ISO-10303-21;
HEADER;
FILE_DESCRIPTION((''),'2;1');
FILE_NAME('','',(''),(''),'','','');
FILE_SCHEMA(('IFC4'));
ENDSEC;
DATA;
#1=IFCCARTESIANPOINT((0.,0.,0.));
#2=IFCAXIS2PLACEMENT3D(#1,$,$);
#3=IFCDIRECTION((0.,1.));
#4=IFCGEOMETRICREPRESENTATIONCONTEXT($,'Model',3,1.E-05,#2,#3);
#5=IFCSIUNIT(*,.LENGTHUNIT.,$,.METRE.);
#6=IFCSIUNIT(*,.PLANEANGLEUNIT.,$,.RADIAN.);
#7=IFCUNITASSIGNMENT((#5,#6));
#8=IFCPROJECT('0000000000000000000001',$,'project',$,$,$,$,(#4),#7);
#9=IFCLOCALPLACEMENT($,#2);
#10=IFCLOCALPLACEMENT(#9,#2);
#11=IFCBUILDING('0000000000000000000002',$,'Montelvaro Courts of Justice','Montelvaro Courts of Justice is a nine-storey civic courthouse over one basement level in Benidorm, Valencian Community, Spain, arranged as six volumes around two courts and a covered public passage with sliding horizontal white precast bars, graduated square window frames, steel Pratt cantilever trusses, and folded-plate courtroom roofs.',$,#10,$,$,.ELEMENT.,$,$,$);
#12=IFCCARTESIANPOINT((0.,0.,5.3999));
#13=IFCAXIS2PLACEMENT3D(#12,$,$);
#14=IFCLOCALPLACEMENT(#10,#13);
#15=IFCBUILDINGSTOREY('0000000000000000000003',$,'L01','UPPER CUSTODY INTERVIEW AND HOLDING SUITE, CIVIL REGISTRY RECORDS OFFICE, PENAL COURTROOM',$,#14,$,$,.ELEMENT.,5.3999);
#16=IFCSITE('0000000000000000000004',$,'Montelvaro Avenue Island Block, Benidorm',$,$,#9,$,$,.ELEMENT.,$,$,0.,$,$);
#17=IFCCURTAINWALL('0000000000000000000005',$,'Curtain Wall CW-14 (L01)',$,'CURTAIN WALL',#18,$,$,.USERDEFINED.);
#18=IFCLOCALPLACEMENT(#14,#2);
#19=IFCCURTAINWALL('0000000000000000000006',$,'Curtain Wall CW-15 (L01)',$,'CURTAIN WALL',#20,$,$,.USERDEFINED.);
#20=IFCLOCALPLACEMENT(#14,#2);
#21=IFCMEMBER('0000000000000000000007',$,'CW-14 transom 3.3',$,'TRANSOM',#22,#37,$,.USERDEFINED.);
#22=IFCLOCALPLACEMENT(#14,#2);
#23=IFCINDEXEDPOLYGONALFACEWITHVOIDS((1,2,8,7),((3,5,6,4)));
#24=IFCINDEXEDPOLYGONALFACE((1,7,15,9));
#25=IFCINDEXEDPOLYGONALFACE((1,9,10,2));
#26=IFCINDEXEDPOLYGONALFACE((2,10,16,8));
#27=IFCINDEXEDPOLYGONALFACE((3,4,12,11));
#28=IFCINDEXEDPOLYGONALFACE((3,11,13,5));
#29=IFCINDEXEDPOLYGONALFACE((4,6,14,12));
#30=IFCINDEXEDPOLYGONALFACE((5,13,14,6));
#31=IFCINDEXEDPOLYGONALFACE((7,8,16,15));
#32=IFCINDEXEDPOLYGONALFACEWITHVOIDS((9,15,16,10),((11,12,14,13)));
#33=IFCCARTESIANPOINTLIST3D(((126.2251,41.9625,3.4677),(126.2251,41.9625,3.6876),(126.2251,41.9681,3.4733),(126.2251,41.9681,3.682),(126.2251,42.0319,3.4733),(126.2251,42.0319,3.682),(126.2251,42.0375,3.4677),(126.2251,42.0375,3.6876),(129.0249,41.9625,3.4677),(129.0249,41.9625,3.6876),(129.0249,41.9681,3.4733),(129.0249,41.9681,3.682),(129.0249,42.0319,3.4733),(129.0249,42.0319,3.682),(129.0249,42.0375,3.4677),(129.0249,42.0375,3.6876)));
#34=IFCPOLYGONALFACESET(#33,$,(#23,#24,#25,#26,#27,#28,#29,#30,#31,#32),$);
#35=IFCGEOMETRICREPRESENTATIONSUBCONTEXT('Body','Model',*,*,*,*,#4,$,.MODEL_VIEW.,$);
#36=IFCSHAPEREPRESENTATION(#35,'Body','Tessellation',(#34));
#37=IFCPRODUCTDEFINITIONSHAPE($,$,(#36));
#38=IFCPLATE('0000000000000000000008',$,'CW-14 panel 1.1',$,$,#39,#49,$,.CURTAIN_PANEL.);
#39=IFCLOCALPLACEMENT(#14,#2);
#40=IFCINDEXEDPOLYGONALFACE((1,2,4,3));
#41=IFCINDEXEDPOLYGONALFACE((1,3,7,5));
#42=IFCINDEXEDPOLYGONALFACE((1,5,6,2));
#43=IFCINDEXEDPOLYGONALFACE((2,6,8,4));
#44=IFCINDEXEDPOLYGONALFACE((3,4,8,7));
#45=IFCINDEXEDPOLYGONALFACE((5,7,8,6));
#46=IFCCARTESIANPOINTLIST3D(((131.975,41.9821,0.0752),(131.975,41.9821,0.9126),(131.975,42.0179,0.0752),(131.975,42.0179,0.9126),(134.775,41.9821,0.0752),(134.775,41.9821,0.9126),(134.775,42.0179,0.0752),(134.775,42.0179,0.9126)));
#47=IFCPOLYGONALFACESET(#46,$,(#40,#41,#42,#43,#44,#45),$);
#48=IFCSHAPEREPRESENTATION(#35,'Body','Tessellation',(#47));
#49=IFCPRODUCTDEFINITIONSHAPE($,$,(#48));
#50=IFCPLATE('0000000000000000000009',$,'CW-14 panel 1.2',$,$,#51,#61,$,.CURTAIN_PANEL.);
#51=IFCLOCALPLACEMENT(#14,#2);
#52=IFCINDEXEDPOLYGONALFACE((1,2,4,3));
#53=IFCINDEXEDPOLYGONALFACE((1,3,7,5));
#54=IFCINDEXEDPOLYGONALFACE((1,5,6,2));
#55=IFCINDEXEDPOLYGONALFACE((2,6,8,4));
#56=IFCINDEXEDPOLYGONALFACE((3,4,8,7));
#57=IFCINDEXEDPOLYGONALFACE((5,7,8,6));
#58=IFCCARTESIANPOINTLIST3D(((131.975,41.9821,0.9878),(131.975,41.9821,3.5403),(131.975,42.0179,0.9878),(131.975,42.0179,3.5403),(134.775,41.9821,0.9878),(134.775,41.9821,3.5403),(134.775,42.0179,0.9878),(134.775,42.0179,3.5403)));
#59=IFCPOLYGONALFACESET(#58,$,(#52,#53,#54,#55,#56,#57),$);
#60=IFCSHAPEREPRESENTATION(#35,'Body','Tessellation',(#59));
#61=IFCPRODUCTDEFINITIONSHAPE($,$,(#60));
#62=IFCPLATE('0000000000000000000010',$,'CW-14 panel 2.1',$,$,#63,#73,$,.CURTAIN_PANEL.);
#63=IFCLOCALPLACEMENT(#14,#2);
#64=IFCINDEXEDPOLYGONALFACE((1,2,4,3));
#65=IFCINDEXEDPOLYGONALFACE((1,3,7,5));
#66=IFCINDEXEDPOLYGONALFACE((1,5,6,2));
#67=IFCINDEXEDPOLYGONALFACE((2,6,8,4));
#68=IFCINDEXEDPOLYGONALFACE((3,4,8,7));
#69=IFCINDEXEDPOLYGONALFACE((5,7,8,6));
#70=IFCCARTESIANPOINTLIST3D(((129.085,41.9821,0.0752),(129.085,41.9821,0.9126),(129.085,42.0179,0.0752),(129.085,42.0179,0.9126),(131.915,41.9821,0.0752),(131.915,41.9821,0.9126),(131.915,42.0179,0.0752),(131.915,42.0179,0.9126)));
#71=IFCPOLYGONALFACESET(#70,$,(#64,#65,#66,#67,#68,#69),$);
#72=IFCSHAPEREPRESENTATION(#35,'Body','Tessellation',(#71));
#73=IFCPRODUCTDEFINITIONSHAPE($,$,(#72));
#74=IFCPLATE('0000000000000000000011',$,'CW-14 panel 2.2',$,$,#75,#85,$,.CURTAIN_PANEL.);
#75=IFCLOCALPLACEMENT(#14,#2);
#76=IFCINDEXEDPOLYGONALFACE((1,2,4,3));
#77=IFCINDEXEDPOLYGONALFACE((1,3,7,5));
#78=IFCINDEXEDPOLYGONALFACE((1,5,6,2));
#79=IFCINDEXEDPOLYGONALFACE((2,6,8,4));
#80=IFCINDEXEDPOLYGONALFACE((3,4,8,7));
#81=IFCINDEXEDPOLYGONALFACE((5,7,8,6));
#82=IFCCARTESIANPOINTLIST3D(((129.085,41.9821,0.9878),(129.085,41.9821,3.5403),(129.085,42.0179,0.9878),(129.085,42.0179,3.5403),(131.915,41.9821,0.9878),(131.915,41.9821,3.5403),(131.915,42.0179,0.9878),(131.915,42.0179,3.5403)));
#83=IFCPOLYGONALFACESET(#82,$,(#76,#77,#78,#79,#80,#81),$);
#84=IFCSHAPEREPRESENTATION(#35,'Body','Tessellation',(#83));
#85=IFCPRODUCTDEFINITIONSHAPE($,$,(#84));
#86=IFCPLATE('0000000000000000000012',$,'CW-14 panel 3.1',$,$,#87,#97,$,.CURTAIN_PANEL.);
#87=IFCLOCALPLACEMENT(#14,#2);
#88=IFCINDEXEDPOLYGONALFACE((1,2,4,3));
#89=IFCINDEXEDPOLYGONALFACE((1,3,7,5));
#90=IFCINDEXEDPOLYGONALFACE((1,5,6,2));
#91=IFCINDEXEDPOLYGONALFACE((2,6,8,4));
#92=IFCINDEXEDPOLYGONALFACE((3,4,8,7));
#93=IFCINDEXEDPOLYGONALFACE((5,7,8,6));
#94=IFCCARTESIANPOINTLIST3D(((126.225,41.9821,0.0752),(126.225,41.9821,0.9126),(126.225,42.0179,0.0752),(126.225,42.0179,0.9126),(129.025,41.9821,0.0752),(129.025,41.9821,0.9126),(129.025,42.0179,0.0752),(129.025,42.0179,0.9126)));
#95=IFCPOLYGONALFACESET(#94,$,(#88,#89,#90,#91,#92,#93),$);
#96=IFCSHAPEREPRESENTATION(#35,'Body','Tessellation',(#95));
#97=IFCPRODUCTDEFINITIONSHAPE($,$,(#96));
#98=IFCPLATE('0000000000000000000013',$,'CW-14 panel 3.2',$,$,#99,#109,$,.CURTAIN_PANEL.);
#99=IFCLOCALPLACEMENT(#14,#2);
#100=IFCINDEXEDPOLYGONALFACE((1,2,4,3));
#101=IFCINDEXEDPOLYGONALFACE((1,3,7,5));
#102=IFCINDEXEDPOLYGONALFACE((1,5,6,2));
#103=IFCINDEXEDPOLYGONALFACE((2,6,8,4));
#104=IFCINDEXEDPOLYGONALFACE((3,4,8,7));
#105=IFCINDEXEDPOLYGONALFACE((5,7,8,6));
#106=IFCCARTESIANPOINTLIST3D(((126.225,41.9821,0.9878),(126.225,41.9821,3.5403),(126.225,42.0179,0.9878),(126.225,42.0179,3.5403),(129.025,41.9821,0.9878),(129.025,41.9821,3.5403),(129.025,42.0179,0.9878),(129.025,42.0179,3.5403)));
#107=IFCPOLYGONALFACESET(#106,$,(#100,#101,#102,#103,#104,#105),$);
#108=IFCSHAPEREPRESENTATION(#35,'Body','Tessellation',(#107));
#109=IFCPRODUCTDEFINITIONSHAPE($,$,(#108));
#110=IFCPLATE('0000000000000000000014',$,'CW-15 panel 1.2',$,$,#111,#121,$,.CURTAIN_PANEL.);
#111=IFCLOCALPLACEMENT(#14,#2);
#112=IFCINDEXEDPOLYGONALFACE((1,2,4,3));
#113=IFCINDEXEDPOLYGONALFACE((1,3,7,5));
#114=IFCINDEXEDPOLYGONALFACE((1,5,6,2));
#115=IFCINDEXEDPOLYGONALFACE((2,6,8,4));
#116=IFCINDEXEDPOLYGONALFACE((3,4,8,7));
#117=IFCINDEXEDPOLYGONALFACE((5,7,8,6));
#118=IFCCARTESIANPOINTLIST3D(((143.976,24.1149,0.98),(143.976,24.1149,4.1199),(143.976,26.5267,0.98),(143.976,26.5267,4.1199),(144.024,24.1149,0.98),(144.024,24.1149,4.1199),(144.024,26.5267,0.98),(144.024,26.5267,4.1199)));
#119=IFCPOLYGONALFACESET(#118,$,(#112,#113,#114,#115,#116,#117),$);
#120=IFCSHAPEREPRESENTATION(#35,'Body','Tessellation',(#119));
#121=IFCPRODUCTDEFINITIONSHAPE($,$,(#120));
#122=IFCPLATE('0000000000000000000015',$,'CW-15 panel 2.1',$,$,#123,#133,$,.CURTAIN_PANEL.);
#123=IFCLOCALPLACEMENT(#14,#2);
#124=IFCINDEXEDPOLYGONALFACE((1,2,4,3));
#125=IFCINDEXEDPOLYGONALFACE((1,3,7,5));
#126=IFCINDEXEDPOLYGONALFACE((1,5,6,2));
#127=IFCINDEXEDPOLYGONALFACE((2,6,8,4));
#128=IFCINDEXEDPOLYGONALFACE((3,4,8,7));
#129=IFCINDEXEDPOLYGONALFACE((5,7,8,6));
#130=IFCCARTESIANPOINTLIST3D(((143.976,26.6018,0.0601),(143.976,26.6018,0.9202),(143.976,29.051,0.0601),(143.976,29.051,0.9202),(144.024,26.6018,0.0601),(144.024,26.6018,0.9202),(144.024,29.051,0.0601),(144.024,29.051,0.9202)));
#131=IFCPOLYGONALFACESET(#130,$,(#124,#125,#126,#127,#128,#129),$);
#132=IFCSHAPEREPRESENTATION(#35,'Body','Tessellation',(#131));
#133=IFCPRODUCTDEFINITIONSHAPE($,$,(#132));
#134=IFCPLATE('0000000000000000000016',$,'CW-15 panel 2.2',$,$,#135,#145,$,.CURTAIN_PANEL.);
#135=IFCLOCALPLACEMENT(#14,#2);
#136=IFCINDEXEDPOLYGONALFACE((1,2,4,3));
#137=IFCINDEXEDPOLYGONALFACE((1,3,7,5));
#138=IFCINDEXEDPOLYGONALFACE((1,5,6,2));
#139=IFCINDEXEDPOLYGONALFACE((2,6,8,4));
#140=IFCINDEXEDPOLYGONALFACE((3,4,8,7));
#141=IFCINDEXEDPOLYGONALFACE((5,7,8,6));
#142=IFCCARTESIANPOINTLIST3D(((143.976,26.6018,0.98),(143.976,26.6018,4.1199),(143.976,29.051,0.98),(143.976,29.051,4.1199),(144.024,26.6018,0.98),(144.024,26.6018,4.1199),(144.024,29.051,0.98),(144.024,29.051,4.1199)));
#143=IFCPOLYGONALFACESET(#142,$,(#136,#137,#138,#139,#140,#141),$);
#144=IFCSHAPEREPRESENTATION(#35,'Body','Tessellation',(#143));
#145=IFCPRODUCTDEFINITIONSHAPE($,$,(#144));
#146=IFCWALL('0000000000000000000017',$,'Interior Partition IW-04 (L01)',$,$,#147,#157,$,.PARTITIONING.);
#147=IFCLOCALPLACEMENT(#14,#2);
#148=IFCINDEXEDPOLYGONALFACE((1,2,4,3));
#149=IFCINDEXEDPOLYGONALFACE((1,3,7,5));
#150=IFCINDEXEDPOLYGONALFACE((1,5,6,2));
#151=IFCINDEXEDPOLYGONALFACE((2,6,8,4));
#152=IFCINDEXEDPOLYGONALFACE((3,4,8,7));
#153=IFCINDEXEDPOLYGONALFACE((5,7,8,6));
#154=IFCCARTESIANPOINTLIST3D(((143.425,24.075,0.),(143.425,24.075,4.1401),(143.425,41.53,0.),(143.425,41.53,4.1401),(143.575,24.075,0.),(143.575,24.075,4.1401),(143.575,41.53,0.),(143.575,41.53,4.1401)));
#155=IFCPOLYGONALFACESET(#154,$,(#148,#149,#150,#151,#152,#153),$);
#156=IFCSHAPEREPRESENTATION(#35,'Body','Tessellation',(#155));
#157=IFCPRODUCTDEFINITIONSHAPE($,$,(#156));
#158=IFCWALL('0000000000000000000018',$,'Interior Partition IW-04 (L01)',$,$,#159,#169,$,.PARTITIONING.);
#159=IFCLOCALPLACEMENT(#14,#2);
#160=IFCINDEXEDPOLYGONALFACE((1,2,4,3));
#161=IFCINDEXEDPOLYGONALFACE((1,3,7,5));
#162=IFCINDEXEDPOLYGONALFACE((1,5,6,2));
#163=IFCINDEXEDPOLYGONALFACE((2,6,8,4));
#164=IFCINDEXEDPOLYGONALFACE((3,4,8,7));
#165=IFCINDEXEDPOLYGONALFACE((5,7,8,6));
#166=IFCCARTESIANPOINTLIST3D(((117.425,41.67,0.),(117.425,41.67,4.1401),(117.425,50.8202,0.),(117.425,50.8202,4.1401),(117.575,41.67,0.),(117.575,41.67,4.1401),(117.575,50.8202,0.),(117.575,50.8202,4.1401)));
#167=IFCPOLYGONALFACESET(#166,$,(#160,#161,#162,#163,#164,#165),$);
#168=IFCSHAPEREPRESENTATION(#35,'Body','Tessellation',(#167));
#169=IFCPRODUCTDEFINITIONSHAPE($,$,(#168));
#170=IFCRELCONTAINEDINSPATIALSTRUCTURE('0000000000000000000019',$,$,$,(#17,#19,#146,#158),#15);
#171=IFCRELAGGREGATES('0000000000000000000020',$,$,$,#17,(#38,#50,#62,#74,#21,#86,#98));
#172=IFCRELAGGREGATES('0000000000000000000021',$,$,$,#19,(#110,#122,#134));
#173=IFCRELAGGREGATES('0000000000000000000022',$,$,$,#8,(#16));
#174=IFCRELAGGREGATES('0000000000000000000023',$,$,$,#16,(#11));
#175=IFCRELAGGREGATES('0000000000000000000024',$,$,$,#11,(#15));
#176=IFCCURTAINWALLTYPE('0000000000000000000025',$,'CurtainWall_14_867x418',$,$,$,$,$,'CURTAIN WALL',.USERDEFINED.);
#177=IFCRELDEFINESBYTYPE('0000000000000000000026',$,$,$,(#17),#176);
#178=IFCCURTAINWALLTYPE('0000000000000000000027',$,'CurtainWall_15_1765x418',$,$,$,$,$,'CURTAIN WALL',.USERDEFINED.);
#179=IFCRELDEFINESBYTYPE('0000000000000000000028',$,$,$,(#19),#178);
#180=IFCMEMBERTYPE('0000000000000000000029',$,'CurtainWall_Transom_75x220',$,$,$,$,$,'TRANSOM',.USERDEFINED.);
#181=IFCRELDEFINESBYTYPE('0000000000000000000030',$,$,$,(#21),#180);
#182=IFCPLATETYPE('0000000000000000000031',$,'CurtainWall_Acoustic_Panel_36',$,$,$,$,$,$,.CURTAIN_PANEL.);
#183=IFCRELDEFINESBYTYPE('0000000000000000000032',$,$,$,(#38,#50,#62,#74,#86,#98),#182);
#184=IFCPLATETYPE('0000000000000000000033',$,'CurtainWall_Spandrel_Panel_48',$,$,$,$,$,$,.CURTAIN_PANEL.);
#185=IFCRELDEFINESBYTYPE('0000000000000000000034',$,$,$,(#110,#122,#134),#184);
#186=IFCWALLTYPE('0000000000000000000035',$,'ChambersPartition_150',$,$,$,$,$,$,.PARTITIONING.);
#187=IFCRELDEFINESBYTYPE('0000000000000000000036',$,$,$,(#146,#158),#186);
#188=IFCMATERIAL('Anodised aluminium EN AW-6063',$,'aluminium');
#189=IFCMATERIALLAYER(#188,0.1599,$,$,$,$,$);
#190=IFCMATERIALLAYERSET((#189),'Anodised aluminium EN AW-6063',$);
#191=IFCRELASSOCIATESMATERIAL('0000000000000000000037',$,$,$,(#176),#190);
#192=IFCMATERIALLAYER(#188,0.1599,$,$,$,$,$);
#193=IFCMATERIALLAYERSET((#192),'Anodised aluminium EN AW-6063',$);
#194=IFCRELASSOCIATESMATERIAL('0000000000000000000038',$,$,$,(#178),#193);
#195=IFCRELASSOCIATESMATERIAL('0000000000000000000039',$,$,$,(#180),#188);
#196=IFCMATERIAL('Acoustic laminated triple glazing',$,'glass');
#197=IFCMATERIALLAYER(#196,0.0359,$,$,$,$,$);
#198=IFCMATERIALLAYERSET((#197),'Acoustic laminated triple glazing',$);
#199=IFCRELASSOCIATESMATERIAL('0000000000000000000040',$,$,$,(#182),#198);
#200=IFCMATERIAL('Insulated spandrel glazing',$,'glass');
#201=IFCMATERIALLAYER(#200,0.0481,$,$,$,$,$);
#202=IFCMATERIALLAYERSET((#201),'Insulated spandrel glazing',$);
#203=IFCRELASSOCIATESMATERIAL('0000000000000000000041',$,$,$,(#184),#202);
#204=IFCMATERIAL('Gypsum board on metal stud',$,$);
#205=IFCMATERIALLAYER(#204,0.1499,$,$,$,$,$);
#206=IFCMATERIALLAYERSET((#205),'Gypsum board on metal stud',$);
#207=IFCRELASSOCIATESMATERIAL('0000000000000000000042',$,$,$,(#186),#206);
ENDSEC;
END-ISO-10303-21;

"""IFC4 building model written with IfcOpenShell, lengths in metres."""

from ifc_helpers import new_model, si_unit, direction, frame, frame_2d, origin, origin_2d, place, context, subcontext, project, spatial, rectangle, hollow_rectangle, extrude, material, layer, layer_set, material_profile, profile_set, type_object, element, aggregate, save


model = new_model("IFC4")

# Units and contexts
model_context = context("Model", 3, precision=1e-05, world=origin(), true_north=direction((0.0, 1.0)))
body_context = subcontext(model_context, "Body", "Model", "MODEL_VIEW")
ifc_project = project(units=[si_unit("LENGTHUNIT", "METRE"), si_unit("PLANEANGLEUNIT", "RADIAN")], contexts=[model_context])

# Site, building, storey
site_placement = place(None, origin())
site = spatial("IfcSite", under=ifc_project, at=site_placement, Name="Montelvaro Avenue Island Block, Benidorm", CompositionType="ELEMENT", RefElevation=0.0)
building_placement = place(site_placement, origin())
building = spatial("IfcBuilding", under=site, at=building_placement, Name="Montelvaro Courts of Justice", Description="Montelvaro Courts of Justice is a nine-storey civic courthouse over one basement level in Benidorm, Valencian Community, Spain, arranged as six volumes around two courts and a covered public passage with sliding horizontal white precast bars, graduated square window frames, steel Pratt cantilever trusses, and folded-plate courtroom roofs.", CompositionType="ELEMENT")
storey_placement = place(building_placement, frame((0.0, 0.0, 5.3999)))
storey = spatial("IfcBuildingStorey", under=building, at=storey_placement, Name="L01", Description="UPPER CUSTODY INTERVIEW AND HOLDING SUITE, CIVIL REGISTRY RECORDS OFFICE, PENAL COURTROOM", CompositionType="ELEMENT", Elevation=5.3999)

# Curtain walls
ifc_material_1 = material(Name="Anodised aluminium EN AW-6063", Category="aluminium")
ifc_layer_1 = layer(ifc_material_1, 0.1599)
ifc_layer_set_1 = layer_set([ifc_layer_1], Name="Anodised aluminium EN AW-6063")
curtain_wall_type_1 = type_object("IfcCurtainWallType", Name="CurtainWall_14_867x418", ElementType="CURTAIN WALL", PredefinedType="USERDEFINED", material=ifc_layer_set_1)
curtain_wall_1_placement = place(storey_placement, origin())
curtain_wall_1 = element("IfcCurtainWall", 1, at=curtain_wall_1_placement, inside=storey, type_object=curtain_wall_type_1, Name="Curtain Wall CW-14 (L01)", ObjectType="CURTAIN WALL", PredefinedType="USERDEFINED")
ifc_layer_2 = layer(ifc_material_1, 0.1599)
ifc_layer_set_2 = layer_set([ifc_layer_2], Name="Anodised aluminium EN AW-6063")
curtain_wall_type_2 = type_object("IfcCurtainWallType", Name="CurtainWall_15_1765x418", ElementType="CURTAIN WALL", PredefinedType="USERDEFINED", material=ifc_layer_set_2)
curtain_wall_2_placement = place(storey_placement, origin())
curtain_wall_2 = element("IfcCurtainWall", 2, at=curtain_wall_2_placement, inside=storey, type_object=curtain_wall_type_2, Name="Curtain Wall CW-15 (L01)", ObjectType="CURTAIN WALL", PredefinedType="USERDEFINED")

# Member
ifc_material_profile_1 = material_profile(ifc_material_1, hollow_rectangle(XDim=0.075, YDim=0.22, WallThickness=0.0056, at=origin_2d()), Name="ALU-T 75x220")
ifc_profile_set_1 = profile_set([ifc_material_profile_1], Name="Anodised aluminium EN AW-6063")
member_type_1 = type_object("IfcMemberType", Name="CurtainWall_Transom_75x220", ElementType="TRANSOM", PredefinedType="USERDEFINED", material=ifc_profile_set_1)
member_1_placement = place(storey_placement, frame((129.0249, 42.0, 3.5776), z_axis=(-1.0, 0.0, 0.0), x_axis=(0.0, -1.0, 0.0)))
member_1 = element("IfcMember", 3, at=member_1_placement, type_object=member_type_1, Name="CW-14 transom 3.3", ObjectType="TRANSOM", PredefinedType="USERDEFINED", context=body_context, shape_type="SweptSolid", body=[
    extrude(hollow_rectangle(XDim=0.075, YDim=0.22, WallThickness=0.0056, at=origin_2d()), origin(), (0.0, 0.0, 1.0), 2.7998),
])

# Plates
ifc_material_2 = material(Name="Acoustic laminated triple glazing", Category="glass")
ifc_layer_3 = layer(ifc_material_2, 0.0359)
ifc_layer_set_3 = layer_set([ifc_layer_3], Name="Acoustic laminated triple glazing")
plate_type_1 = type_object("IfcPlateType", Name="CurtainWall_Acoustic_Panel_36", PredefinedType="CURTAIN_PANEL", material=ifc_layer_set_3)
plate_1_placement = place(storey_placement, frame((133.375, 42.0, 0.0752), z_axis=(0.0, 0.0, 1.0), x_axis=(-1.0, 0.0, 0.0)))
plate_1 = element("IfcPlate", 4, at=plate_1_placement, type_object=plate_type_1, Name="CW-14 panel 1.1", PredefinedType="CURTAIN_PANEL", context=body_context, shape_type="SweptSolid", body=[
    extrude(rectangle(XDim=2.8, YDim=0.0359, at=origin_2d()), origin(), (0.0, 0.0, 1.0), 0.8374),
])
plate_2_placement = place(storey_placement, frame((133.375, 42.0, 0.9878), z_axis=(0.0, 0.0, 1.0), x_axis=(-1.0, 0.0, 0.0)))
plate_2 = element("IfcPlate", 5, at=plate_2_placement, type_object=plate_type_1, Name="CW-14 panel 1.2", PredefinedType="CURTAIN_PANEL", context=body_context, shape_type="SweptSolid", body=[
    extrude(rectangle(XDim=2.8, YDim=0.0359, at=origin_2d()), origin(), (0.0, 0.0, 1.0), 2.5525),
])
plate_3_placement = place(storey_placement, frame((130.5, 42.0, 0.0752), z_axis=(0.0, 0.0, 1.0), x_axis=(-1.0, 0.0, 0.0)))
plate_3 = element("IfcPlate", 6, at=plate_3_placement, type_object=plate_type_1, Name="CW-14 panel 2.1", PredefinedType="CURTAIN_PANEL", context=body_context, shape_type="SweptSolid", body=[
    extrude(rectangle(XDim=2.8301, YDim=0.0359, at=origin_2d()), origin(), (0.0, 0.0, 1.0), 0.8374),
])
plate_4_placement = place(storey_placement, frame((130.5, 42.0, 0.9878), z_axis=(0.0, 0.0, 1.0), x_axis=(-1.0, 0.0, 0.0)))
plate_4 = element("IfcPlate", 7, at=plate_4_placement, type_object=plate_type_1, Name="CW-14 panel 2.2", PredefinedType="CURTAIN_PANEL", context=body_context, shape_type="SweptSolid", body=[
    extrude(rectangle(XDim=2.8301, YDim=0.0359, at=origin_2d()), origin(), (0.0, 0.0, 1.0), 2.5525),
])
plate_5_placement = place(storey_placement, frame((127.625, 42.0, 0.0752), z_axis=(0.0, 0.0, 1.0), x_axis=(-1.0, 0.0, 0.0)))
plate_5 = element("IfcPlate", 8, at=plate_5_placement, type_object=plate_type_1, Name="CW-14 panel 3.1", PredefinedType="CURTAIN_PANEL", context=body_context, shape_type="SweptSolid", body=[
    extrude(rectangle(XDim=2.8, YDim=0.0359, at=origin_2d()), origin(), (0.0, 0.0, 1.0), 0.8374),
])
plate_6_placement = place(storey_placement, frame((127.625, 42.0, 0.9878), z_axis=(0.0, 0.0, 1.0), x_axis=(-1.0, 0.0, 0.0)))
plate_6 = element("IfcPlate", 9, at=plate_6_placement, type_object=plate_type_1, Name="CW-14 panel 3.2", PredefinedType="CURTAIN_PANEL", context=body_context, shape_type="SweptSolid", body=[
    extrude(rectangle(XDim=2.8, YDim=0.0359, at=origin_2d()), origin(), (0.0, 0.0, 1.0), 2.5525),
])
aggregate(curtain_wall_1, [plate_1, plate_2, plate_3, plate_4, member_1, plate_5, plate_6])
ifc_material_3 = material(Name="Insulated spandrel glazing", Category="glass")
ifc_layer_4 = layer(ifc_material_3, 0.0481)
ifc_layer_set_4 = layer_set([ifc_layer_4], Name="Insulated spandrel glazing")
plate_type_2 = type_object("IfcPlateType", Name="CurtainWall_Spandrel_Panel_48", PredefinedType="CURTAIN_PANEL", material=ifc_layer_set_4)
plate_7_placement = place(storey_placement, frame((144.0, 25.3208, 0.98), z_axis=(0.0, 0.0, 1.0), x_axis=(0.0, 1.0, 0.0)))
plate_7 = element("IfcPlate", 10, at=plate_7_placement, type_object=plate_type_2, Name="CW-15 panel 1.2", PredefinedType="CURTAIN_PANEL", context=body_context, shape_type="SweptSolid", body=[
    extrude(rectangle(XDim=2.4119, YDim=0.0481, at=origin_2d()), origin(), (0.0, 0.0, 1.0), 3.1399),
])
plate_8_placement = place(storey_placement, frame((144.0, 27.8264, 0.0601), z_axis=(0.0, 0.0, 1.0), x_axis=(0.0, 1.0, 0.0)))
plate_8 = element("IfcPlate", 11, at=plate_8_placement, type_object=plate_type_2, Name="CW-15 panel 2.1", PredefinedType="CURTAIN_PANEL", context=body_context, shape_type="SweptSolid", body=[
    extrude(rectangle(XDim=2.4492, YDim=0.0481, at=origin_2d()), origin(), (0.0, 0.0, 1.0), 0.8601),
])
plate_9_placement = place(storey_placement, frame((144.0, 27.8264, 0.98), z_axis=(0.0, 0.0, 1.0), x_axis=(0.0, 1.0, 0.0)))
plate_9 = element("IfcPlate", 12, at=plate_9_placement, type_object=plate_type_2, Name="CW-15 panel 2.2", PredefinedType="CURTAIN_PANEL", context=body_context, shape_type="SweptSolid", body=[
    extrude(rectangle(XDim=2.4492, YDim=0.0481, at=origin_2d()), origin(), (0.0, 0.0, 1.0), 3.1399),
])
aggregate(curtain_wall_2, [plate_7, plate_8, plate_9])

# Walls
ifc_material_4 = material(Name="Gypsum board on metal stud")
ifc_layer_5 = layer(ifc_material_4, 0.1499)
ifc_layer_set_5 = layer_set([ifc_layer_5], Name="Gypsum board on metal stud")
wall_type = type_object("IfcWallType", Name="ChambersPartition_150", PredefinedType="PARTITIONING", material=ifc_layer_set_5)
wall_1_placement = place(storey_placement, frame((143.5, 41.53, 0.0), z_axis=(0.0, 0.0, 1.0), x_axis=(0.0, -1.0, 0.0)))
element("IfcWall", 13, at=wall_1_placement, inside=storey, type_object=wall_type, Name="Interior Partition IW-04 (L01)", PredefinedType="PARTITIONING", context=body_context, shape_type="SweptSolid", body=[
    extrude(rectangle(XDim=17.4551, YDim=0.1499, at=frame_2d((8.7275, 0.0))), origin(), (0.0, 0.0, 1.0), 4.1401),
])
wall_2_placement = place(storey_placement, frame((117.5, 41.6699, 0.0), z_axis=(0.0, 0.0, 1.0), x_axis=(0.0, 1.0, 0.0)))
element("IfcWall", 14, at=wall_2_placement, inside=storey, type_object=wall_type, Name="Interior Partition IW-04 (L01)", PredefinedType="PARTITIONING", context=body_context, shape_type="SweptSolid", body=[
    extrude(rectangle(XDim=9.1501, YDim=0.1499, at=frame_2d((4.5752, 0.0))), origin(), (0.0, 0.0, 1.0), 4.1401),
])

save(model, "model.ifc")
